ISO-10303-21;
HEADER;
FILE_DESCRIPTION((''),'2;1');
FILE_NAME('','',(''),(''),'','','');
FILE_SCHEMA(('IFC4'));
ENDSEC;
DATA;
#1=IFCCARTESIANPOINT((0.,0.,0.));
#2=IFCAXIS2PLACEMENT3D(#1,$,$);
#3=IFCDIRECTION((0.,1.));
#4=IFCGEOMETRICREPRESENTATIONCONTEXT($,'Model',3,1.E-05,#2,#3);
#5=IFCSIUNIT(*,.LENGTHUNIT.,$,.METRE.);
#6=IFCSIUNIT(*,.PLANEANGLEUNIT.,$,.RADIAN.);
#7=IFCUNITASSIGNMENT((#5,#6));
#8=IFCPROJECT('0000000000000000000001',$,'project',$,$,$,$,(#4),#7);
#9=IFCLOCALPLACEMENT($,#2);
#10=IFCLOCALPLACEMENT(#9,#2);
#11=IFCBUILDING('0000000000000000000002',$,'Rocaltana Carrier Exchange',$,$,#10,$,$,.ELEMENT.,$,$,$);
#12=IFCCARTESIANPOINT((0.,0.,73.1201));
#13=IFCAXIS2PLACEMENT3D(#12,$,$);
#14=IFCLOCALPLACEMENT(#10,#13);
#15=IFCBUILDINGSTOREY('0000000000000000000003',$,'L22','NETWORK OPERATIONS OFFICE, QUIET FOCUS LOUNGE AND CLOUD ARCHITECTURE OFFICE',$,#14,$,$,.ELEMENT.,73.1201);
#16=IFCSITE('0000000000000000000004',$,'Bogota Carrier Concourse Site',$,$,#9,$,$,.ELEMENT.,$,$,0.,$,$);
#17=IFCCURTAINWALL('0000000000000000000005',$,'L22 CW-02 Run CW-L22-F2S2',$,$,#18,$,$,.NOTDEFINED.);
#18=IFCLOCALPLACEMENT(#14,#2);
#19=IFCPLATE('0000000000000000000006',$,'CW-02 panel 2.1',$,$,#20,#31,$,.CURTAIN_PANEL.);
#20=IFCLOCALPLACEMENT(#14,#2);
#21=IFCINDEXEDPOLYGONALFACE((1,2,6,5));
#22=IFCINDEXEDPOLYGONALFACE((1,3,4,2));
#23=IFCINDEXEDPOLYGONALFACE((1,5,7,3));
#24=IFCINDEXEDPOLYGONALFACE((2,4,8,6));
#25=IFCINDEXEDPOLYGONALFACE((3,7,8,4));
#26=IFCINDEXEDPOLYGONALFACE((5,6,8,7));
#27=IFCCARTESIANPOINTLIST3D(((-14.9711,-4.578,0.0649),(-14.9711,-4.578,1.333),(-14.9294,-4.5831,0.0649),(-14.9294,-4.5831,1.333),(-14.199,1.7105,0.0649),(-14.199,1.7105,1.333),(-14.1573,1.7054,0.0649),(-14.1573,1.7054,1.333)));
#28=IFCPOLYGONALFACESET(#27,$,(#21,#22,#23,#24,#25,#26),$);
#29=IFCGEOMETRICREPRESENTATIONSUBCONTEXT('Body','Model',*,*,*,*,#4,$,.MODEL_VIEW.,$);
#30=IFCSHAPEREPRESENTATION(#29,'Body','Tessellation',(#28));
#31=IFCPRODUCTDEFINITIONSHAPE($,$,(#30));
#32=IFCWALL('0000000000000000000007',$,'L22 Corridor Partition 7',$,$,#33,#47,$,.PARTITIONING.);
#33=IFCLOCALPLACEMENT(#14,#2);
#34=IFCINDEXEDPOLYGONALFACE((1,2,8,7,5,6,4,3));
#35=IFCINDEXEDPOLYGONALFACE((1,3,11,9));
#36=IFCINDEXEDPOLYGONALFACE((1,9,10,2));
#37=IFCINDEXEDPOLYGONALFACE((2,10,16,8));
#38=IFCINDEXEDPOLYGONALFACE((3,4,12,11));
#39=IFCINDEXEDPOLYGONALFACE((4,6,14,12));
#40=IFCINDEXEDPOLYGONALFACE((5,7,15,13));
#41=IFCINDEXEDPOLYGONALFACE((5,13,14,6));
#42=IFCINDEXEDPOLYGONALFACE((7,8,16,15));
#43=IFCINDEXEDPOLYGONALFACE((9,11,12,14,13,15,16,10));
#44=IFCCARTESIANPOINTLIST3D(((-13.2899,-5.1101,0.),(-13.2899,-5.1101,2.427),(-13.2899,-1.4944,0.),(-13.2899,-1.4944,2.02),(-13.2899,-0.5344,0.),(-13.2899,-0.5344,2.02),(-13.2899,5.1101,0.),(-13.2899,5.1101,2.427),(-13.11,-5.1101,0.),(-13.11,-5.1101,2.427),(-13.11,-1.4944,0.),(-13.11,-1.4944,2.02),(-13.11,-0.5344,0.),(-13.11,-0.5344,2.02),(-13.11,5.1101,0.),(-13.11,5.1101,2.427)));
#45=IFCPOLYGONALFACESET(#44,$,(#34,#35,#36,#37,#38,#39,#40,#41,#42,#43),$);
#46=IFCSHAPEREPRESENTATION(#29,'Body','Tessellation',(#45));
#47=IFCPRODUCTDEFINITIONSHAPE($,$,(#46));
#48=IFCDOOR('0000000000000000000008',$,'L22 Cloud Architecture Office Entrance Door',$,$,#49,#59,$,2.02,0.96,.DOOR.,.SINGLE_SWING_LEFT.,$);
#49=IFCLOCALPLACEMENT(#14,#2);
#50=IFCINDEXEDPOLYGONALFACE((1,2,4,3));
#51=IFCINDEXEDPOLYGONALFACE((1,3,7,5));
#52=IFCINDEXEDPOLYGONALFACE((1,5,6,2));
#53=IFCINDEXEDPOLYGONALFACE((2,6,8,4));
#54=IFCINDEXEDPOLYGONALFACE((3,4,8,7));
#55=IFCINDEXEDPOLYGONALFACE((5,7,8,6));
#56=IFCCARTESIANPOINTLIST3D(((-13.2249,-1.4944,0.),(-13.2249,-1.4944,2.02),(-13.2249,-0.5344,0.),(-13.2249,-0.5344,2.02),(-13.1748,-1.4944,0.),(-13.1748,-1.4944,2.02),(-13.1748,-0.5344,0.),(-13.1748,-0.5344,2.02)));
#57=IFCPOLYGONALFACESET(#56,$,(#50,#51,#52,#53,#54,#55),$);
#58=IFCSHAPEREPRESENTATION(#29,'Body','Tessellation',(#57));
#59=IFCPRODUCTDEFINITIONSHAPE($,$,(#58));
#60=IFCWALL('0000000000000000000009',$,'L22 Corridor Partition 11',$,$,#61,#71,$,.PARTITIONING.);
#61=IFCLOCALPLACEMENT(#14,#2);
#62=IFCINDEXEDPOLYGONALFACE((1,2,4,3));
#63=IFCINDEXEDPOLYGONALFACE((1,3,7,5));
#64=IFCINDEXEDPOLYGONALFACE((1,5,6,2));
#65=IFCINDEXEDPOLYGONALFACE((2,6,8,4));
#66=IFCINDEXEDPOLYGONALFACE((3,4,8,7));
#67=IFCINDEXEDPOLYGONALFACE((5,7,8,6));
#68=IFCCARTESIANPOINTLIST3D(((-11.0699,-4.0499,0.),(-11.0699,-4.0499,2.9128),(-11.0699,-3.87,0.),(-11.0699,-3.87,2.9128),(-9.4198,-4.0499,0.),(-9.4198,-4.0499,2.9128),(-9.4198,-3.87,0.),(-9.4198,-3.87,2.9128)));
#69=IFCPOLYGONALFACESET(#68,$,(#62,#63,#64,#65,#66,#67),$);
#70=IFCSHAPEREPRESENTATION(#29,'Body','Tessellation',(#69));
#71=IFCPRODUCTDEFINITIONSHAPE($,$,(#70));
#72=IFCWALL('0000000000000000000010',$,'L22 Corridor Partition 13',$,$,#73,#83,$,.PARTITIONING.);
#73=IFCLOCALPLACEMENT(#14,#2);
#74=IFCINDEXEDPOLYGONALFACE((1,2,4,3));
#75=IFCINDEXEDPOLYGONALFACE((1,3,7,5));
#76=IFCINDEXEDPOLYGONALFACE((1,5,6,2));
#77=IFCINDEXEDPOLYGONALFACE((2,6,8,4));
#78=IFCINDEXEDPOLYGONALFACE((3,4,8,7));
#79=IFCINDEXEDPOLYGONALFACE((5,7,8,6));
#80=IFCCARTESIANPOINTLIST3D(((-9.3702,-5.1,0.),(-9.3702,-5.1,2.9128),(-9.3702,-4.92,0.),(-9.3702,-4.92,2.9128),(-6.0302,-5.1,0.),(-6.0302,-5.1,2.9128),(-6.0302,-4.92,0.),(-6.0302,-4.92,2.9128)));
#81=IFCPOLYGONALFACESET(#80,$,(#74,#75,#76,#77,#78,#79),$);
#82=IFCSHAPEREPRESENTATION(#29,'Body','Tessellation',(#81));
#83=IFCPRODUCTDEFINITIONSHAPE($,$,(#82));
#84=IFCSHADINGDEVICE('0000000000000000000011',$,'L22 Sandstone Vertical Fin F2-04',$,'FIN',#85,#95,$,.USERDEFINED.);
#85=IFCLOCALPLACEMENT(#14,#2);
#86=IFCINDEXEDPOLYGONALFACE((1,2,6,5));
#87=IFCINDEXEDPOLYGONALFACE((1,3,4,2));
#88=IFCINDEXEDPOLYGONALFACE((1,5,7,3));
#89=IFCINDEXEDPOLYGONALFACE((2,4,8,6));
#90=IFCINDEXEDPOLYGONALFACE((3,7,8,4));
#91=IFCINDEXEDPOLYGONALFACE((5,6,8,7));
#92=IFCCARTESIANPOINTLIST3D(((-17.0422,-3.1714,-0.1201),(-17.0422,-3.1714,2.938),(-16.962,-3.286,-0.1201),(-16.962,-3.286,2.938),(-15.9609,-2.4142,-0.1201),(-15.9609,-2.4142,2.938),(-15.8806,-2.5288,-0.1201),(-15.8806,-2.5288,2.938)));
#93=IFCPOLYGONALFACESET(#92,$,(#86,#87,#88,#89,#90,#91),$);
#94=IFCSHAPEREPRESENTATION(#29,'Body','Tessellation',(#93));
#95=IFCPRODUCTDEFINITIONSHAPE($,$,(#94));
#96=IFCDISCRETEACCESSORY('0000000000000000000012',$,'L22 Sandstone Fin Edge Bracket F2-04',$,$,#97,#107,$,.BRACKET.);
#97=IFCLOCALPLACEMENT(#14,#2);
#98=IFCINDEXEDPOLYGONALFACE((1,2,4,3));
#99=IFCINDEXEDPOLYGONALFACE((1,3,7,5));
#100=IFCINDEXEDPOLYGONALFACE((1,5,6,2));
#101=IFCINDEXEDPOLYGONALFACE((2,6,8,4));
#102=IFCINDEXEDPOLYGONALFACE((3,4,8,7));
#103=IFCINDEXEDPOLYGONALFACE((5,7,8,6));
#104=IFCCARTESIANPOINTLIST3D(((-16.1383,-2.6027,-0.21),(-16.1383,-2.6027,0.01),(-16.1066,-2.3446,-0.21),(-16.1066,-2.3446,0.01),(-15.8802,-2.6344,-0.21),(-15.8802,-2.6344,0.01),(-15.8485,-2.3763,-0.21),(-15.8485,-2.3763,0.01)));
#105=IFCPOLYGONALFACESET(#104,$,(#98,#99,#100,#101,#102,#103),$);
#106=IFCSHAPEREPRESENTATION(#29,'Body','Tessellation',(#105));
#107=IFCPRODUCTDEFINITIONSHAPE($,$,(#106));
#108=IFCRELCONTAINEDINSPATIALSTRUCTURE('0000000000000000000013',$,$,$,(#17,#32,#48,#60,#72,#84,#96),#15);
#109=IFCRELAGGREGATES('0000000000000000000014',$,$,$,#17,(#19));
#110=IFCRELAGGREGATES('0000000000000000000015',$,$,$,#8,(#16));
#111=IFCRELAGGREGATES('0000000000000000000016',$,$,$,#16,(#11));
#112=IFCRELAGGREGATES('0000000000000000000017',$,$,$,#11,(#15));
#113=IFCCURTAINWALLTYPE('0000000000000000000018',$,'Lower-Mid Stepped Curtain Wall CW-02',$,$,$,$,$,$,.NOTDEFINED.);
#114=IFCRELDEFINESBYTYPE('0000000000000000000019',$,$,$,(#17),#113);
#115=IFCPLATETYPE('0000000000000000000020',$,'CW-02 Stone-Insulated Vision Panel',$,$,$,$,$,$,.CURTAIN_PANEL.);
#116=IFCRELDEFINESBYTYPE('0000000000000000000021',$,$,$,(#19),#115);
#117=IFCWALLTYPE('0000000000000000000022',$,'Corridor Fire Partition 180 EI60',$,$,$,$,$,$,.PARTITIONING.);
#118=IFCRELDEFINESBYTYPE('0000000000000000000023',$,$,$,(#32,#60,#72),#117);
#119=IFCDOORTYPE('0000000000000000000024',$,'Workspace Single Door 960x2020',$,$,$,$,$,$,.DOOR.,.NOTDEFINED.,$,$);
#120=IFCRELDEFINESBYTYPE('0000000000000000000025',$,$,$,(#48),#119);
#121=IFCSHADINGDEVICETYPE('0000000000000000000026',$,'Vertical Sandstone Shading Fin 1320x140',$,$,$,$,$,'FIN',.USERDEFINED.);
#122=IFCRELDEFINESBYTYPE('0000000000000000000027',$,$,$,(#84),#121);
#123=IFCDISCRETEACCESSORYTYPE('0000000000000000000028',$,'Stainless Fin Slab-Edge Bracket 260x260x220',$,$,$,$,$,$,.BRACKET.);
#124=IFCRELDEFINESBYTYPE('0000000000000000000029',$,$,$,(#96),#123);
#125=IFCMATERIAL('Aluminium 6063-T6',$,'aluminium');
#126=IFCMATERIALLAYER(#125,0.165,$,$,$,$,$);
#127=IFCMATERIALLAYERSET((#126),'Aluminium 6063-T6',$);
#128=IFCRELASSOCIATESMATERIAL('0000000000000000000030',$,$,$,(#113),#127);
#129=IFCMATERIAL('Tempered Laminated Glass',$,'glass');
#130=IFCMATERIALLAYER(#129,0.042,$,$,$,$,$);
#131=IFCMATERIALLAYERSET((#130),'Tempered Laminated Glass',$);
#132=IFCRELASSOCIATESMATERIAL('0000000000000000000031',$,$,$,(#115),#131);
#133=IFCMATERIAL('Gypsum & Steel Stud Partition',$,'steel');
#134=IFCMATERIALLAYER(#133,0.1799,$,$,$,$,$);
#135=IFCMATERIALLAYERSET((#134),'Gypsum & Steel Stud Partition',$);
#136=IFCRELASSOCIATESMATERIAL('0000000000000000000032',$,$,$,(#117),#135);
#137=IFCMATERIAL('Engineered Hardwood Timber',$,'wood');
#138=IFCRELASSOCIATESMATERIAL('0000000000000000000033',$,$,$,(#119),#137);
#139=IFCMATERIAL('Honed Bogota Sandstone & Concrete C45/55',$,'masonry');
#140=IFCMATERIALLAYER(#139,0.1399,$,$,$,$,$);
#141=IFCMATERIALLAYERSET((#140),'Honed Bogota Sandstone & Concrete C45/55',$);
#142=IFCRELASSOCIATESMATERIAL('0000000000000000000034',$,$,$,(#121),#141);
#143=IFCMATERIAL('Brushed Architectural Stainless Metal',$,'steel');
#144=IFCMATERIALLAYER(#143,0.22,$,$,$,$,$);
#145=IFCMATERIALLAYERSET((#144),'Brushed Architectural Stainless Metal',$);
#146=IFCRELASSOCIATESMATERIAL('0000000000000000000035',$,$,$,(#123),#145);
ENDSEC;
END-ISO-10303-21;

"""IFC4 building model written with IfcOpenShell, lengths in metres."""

from ifc_helpers import new_model, si_unit, direction, frame, frame_2d, origin, origin_2d, place, context, subcontext, project, spatial, rectangle, extrude, material, layer, layer_set, type_object, element, fill, aggregate, save


model = new_model("IFC4")

# Units and contexts
model_context = context("Model", 3, precision=1e-05, world=origin(), true_north=direction((0.0, 1.0)))
body_context = subcontext(model_context, "Body", "Model", "MODEL_VIEW")
ifc_project = project(units=[si_unit("LENGTHUNIT", "METRE"), si_unit("PLANEANGLEUNIT", "RADIAN")], contexts=[model_context])

# Site, building, storey
site_placement = place(None, origin())
site = spatial("IfcSite", under=ifc_project, at=site_placement, Name="Bogota Carrier Concourse Site", CompositionType="ELEMENT", RefElevation=0.0)
building_placement = place(site_placement, origin())
building = spatial("IfcBuilding", under=site, at=building_placement, Name="Rocaltana Carrier Exchange", CompositionType="ELEMENT")
storey_placement = place(building_placement, frame((0.0, 0.0, 73.1201)))
storey = spatial("IfcBuildingStorey", under=building, at=storey_placement, Name="L22", Description="NETWORK OPERATIONS OFFICE, QUIET FOCUS LOUNGE AND CLOUD ARCHITECTURE OFFICE", CompositionType="ELEMENT", Elevation=73.1201)

# Curtain wall
ifc_material_1 = material(Name="Aluminium 6063-T6", Category="aluminium")
ifc_layer_1 = layer(ifc_material_1, 0.165)
ifc_layer_set_1 = layer_set([ifc_layer_1], Name="Aluminium 6063-T6")
curtain_wall_type = type_object("IfcCurtainWallType", Name="Lower-Mid Stepped Curtain Wall CW-02", PredefinedType="NOTDEFINED", material=ifc_layer_set_1)
curtain_wall_1_placement = place(storey_placement, origin())
curtain_wall_1 = element("IfcCurtainWall", 1, at=curtain_wall_1_placement, inside=storey, type_object=curtain_wall_type, Name="L22 CW-02 Run CW-L22-F2S2", PredefinedType="NOTDEFINED")

# Plate
ifc_material_2 = material(Name="Tempered Laminated Glass", Category="glass")
ifc_layer_2 = layer(ifc_material_2, 0.042)
ifc_layer_set_2 = layer_set([ifc_layer_2], Name="Tempered Laminated Glass")
plate_type = type_object("IfcPlateType", Name="CW-02 Stone-Insulated Vision Panel", PredefinedType="CURTAIN_PANEL", material=ifc_layer_set_2)
plate_placement = place(storey_placement, frame((-14.5642, -1.4363, 0.0649), z_axis=(0.0, 0.0, 1.0), x_axis=(-0.121874, -0.992546, 0.0)))
plate = element("IfcPlate", 2, at=plate_placement, type_object=plate_type, Name="CW-02 panel 2.1", PredefinedType="CURTAIN_PANEL", context=body_context, shape_type="SweptSolid", body=[
    extrude(rectangle(XDim=6.3357, YDim=0.042, at=origin_2d()), origin(), (0.0, 0.0, 1.0), 1.2681),
])
aggregate(curtain_wall_1, [plate])

# Wall, opening, door
ifc_material_3 = material(Name="Gypsum & Steel Stud Partition", Category="steel")
ifc_layer_3 = layer(ifc_material_3, 0.1799)
ifc_layer_set_3 = layer_set([ifc_layer_3], Name="Gypsum & Steel Stud Partition")
wall_type = type_object("IfcWallType", Name="Corridor Fire Partition 180 EI60", PredefinedType="PARTITIONING", material=ifc_layer_set_3)
wall_1_placement = place(storey_placement, frame((-13.2, -5.1101, 0.0), z_axis=(0.0, 0.0, 1.0), x_axis=(0.0, 1.0, 0.0)))
wall_1 = element("IfcWall", 3, at=wall_1_placement, inside=storey, type_object=wall_type, Name="L22 Corridor Partition 7", PredefinedType="PARTITIONING", context=body_context, shape_type="SweptSolid", body=[
    extrude(rectangle(XDim=10.2202, YDim=0.1799, at=frame_2d((5.1101, 0.0))), origin(), (0.0, 0.0, 1.0), 2.427),
])
opening_placement = place(wall_1_placement, frame((3.6157, 0.0, 0.0)))
opening = element("IfcOpeningElement", 4, at=opening_placement, cuts=wall_1, PredefinedType="OPENING", context=body_context, shape_type="SweptSolid", body=[
    extrude(rectangle(XDim=0.96, YDim=2.02, at=frame_2d((0.48, 1.01))), frame((0.0, 0.0999, 0.0), z_axis=(0.0, -1.0, 0.0), x_axis=(1.0, 0.0, 0.0)), (0.0, 0.0, 1.0), 0.2),
])
ifc_material_4 = material(Name="Engineered Hardwood Timber", Category="wood")
door_type = type_object("IfcDoorType", Name="Workspace Single Door 960x2020", OperationType="NOTDEFINED", PredefinedType="DOOR", material=ifc_material_4)
door_placement = place(opening_placement, origin())
door = element("IfcDoor", 5, at=door_placement, inside=storey, type_object=door_type, Name="L22 Cloud Architecture Office Entrance Door", OperationType="SINGLE_SWING_LEFT", OverallHeight=2.02, OverallWidth=0.96, PredefinedType="DOOR", context=body_context, shape_type="SweptSolid", body=[
    extrude(rectangle(XDim=0.96, YDim=2.02, at=frame_2d((0.48, 1.01))), frame((0.0, 0.0249, 0.0), z_axis=(0.0, -1.0, 0.0), x_axis=(1.0, 0.0, 0.0)), (0.0, 0.0, 1.0), 0.05),
])
fill(opening, door)

# Walls
wall_2_placement = place(storey_placement, frame((-11.0701, -3.96, 0.0), z_axis=(0.0, 0.0, 1.0), x_axis=(1.0, 0.0, 0.0)))
element("IfcWall", 6, at=wall_2_placement, inside=storey, type_object=wall_type, Name="L22 Corridor Partition 11", PredefinedType="PARTITIONING", context=body_context, shape_type="SweptSolid", body=[
    extrude(rectangle(XDim=1.6501, YDim=0.1799, at=frame_2d((0.8252, 0.0))), origin(), (0.0, 0.0, 1.0), 2.9128),
])
wall_3_placement = place(storey_placement, frame((-9.3701, -5.01, 0.0), z_axis=(0.0, 0.0, 1.0), x_axis=(1.0, 0.0, 0.0)))
element("IfcWall", 7, at=wall_3_placement, inside=storey, type_object=wall_type, Name="L22 Corridor Partition 13", PredefinedType="PARTITIONING", context=body_context, shape_type="SweptSolid", body=[
    extrude(rectangle(XDim=3.3401, YDim=0.1799, at=frame_2d((1.6699, 0.0))), origin(), (0.0, 0.0, 1.0), 2.9128),
])

# Shading device
ifc_material_5 = material(Name="Honed Bogota Sandstone & Concrete C45/55", Category="masonry")
ifc_layer_4 = layer(ifc_material_5, 0.1399)
ifc_layer_set_4 = layer_set([ifc_layer_4], Name="Honed Bogota Sandstone & Concrete C45/55")
shading_device_type = type_object("IfcShadingDeviceType", Name="Vertical Sandstone Shading Fin 1320x140", ElementType="FIN", PredefinedType="USERDEFINED", material=ifc_layer_set_4)
shading_device_placement = place(storey_placement, frame((-16.4614, -2.8501, -0.1201), z_axis=(0.0, 0.0, 1.0), x_axis=(-0.819152, -0.573576, 0.0)))
element("IfcShadingDevice", 8, at=shading_device_placement, inside=storey, type_object=shading_device_type, Name="L22 Sandstone Vertical Fin F2-04", ObjectType="FIN", PredefinedType="USERDEFINED", context=body_context, shape_type="SweptSolid", body=[
    extrude(rectangle(XDim=1.3201, YDim=0.1399, at=origin_2d()), origin(), (0.0, 0.0, 1.0), 3.0581),
])

# Discrete accessory
ifc_material_6 = material(Name="Brushed Architectural Stainless Metal", Category="steel")
ifc_layer_5 = layer(ifc_material_6, 0.22)
ifc_layer_set_5 = layer_set([ifc_layer_5], Name="Brushed Architectural Stainless Metal")
discrete_accessory_type = type_object("IfcDiscreteAccessoryType", Name="Stainless Fin Slab-Edge Bracket 260x260x220", PredefinedType="BRACKET", material=ifc_layer_set_5)
discrete_accessory_placement = place(storey_placement, frame((-15.9934, -2.4895, -0.21), z_axis=(0.0, 0.0, 1.0), x_axis=(-0.121869, -0.992546, 0.0)))
element("IfcDiscreteAccessory", 9, at=discrete_accessory_placement, inside=storey, type_object=discrete_accessory_type, Name="L22 Sandstone Fin Edge Bracket F2-04", PredefinedType="BRACKET", context=body_context, shape_type="SweptSolid", body=[
    extrude(rectangle(XDim=0.26, YDim=0.26, at=origin_2d()), origin(), (0.0, 0.0, 1.0), 0.22),
])

save(model, "model.ifc")
